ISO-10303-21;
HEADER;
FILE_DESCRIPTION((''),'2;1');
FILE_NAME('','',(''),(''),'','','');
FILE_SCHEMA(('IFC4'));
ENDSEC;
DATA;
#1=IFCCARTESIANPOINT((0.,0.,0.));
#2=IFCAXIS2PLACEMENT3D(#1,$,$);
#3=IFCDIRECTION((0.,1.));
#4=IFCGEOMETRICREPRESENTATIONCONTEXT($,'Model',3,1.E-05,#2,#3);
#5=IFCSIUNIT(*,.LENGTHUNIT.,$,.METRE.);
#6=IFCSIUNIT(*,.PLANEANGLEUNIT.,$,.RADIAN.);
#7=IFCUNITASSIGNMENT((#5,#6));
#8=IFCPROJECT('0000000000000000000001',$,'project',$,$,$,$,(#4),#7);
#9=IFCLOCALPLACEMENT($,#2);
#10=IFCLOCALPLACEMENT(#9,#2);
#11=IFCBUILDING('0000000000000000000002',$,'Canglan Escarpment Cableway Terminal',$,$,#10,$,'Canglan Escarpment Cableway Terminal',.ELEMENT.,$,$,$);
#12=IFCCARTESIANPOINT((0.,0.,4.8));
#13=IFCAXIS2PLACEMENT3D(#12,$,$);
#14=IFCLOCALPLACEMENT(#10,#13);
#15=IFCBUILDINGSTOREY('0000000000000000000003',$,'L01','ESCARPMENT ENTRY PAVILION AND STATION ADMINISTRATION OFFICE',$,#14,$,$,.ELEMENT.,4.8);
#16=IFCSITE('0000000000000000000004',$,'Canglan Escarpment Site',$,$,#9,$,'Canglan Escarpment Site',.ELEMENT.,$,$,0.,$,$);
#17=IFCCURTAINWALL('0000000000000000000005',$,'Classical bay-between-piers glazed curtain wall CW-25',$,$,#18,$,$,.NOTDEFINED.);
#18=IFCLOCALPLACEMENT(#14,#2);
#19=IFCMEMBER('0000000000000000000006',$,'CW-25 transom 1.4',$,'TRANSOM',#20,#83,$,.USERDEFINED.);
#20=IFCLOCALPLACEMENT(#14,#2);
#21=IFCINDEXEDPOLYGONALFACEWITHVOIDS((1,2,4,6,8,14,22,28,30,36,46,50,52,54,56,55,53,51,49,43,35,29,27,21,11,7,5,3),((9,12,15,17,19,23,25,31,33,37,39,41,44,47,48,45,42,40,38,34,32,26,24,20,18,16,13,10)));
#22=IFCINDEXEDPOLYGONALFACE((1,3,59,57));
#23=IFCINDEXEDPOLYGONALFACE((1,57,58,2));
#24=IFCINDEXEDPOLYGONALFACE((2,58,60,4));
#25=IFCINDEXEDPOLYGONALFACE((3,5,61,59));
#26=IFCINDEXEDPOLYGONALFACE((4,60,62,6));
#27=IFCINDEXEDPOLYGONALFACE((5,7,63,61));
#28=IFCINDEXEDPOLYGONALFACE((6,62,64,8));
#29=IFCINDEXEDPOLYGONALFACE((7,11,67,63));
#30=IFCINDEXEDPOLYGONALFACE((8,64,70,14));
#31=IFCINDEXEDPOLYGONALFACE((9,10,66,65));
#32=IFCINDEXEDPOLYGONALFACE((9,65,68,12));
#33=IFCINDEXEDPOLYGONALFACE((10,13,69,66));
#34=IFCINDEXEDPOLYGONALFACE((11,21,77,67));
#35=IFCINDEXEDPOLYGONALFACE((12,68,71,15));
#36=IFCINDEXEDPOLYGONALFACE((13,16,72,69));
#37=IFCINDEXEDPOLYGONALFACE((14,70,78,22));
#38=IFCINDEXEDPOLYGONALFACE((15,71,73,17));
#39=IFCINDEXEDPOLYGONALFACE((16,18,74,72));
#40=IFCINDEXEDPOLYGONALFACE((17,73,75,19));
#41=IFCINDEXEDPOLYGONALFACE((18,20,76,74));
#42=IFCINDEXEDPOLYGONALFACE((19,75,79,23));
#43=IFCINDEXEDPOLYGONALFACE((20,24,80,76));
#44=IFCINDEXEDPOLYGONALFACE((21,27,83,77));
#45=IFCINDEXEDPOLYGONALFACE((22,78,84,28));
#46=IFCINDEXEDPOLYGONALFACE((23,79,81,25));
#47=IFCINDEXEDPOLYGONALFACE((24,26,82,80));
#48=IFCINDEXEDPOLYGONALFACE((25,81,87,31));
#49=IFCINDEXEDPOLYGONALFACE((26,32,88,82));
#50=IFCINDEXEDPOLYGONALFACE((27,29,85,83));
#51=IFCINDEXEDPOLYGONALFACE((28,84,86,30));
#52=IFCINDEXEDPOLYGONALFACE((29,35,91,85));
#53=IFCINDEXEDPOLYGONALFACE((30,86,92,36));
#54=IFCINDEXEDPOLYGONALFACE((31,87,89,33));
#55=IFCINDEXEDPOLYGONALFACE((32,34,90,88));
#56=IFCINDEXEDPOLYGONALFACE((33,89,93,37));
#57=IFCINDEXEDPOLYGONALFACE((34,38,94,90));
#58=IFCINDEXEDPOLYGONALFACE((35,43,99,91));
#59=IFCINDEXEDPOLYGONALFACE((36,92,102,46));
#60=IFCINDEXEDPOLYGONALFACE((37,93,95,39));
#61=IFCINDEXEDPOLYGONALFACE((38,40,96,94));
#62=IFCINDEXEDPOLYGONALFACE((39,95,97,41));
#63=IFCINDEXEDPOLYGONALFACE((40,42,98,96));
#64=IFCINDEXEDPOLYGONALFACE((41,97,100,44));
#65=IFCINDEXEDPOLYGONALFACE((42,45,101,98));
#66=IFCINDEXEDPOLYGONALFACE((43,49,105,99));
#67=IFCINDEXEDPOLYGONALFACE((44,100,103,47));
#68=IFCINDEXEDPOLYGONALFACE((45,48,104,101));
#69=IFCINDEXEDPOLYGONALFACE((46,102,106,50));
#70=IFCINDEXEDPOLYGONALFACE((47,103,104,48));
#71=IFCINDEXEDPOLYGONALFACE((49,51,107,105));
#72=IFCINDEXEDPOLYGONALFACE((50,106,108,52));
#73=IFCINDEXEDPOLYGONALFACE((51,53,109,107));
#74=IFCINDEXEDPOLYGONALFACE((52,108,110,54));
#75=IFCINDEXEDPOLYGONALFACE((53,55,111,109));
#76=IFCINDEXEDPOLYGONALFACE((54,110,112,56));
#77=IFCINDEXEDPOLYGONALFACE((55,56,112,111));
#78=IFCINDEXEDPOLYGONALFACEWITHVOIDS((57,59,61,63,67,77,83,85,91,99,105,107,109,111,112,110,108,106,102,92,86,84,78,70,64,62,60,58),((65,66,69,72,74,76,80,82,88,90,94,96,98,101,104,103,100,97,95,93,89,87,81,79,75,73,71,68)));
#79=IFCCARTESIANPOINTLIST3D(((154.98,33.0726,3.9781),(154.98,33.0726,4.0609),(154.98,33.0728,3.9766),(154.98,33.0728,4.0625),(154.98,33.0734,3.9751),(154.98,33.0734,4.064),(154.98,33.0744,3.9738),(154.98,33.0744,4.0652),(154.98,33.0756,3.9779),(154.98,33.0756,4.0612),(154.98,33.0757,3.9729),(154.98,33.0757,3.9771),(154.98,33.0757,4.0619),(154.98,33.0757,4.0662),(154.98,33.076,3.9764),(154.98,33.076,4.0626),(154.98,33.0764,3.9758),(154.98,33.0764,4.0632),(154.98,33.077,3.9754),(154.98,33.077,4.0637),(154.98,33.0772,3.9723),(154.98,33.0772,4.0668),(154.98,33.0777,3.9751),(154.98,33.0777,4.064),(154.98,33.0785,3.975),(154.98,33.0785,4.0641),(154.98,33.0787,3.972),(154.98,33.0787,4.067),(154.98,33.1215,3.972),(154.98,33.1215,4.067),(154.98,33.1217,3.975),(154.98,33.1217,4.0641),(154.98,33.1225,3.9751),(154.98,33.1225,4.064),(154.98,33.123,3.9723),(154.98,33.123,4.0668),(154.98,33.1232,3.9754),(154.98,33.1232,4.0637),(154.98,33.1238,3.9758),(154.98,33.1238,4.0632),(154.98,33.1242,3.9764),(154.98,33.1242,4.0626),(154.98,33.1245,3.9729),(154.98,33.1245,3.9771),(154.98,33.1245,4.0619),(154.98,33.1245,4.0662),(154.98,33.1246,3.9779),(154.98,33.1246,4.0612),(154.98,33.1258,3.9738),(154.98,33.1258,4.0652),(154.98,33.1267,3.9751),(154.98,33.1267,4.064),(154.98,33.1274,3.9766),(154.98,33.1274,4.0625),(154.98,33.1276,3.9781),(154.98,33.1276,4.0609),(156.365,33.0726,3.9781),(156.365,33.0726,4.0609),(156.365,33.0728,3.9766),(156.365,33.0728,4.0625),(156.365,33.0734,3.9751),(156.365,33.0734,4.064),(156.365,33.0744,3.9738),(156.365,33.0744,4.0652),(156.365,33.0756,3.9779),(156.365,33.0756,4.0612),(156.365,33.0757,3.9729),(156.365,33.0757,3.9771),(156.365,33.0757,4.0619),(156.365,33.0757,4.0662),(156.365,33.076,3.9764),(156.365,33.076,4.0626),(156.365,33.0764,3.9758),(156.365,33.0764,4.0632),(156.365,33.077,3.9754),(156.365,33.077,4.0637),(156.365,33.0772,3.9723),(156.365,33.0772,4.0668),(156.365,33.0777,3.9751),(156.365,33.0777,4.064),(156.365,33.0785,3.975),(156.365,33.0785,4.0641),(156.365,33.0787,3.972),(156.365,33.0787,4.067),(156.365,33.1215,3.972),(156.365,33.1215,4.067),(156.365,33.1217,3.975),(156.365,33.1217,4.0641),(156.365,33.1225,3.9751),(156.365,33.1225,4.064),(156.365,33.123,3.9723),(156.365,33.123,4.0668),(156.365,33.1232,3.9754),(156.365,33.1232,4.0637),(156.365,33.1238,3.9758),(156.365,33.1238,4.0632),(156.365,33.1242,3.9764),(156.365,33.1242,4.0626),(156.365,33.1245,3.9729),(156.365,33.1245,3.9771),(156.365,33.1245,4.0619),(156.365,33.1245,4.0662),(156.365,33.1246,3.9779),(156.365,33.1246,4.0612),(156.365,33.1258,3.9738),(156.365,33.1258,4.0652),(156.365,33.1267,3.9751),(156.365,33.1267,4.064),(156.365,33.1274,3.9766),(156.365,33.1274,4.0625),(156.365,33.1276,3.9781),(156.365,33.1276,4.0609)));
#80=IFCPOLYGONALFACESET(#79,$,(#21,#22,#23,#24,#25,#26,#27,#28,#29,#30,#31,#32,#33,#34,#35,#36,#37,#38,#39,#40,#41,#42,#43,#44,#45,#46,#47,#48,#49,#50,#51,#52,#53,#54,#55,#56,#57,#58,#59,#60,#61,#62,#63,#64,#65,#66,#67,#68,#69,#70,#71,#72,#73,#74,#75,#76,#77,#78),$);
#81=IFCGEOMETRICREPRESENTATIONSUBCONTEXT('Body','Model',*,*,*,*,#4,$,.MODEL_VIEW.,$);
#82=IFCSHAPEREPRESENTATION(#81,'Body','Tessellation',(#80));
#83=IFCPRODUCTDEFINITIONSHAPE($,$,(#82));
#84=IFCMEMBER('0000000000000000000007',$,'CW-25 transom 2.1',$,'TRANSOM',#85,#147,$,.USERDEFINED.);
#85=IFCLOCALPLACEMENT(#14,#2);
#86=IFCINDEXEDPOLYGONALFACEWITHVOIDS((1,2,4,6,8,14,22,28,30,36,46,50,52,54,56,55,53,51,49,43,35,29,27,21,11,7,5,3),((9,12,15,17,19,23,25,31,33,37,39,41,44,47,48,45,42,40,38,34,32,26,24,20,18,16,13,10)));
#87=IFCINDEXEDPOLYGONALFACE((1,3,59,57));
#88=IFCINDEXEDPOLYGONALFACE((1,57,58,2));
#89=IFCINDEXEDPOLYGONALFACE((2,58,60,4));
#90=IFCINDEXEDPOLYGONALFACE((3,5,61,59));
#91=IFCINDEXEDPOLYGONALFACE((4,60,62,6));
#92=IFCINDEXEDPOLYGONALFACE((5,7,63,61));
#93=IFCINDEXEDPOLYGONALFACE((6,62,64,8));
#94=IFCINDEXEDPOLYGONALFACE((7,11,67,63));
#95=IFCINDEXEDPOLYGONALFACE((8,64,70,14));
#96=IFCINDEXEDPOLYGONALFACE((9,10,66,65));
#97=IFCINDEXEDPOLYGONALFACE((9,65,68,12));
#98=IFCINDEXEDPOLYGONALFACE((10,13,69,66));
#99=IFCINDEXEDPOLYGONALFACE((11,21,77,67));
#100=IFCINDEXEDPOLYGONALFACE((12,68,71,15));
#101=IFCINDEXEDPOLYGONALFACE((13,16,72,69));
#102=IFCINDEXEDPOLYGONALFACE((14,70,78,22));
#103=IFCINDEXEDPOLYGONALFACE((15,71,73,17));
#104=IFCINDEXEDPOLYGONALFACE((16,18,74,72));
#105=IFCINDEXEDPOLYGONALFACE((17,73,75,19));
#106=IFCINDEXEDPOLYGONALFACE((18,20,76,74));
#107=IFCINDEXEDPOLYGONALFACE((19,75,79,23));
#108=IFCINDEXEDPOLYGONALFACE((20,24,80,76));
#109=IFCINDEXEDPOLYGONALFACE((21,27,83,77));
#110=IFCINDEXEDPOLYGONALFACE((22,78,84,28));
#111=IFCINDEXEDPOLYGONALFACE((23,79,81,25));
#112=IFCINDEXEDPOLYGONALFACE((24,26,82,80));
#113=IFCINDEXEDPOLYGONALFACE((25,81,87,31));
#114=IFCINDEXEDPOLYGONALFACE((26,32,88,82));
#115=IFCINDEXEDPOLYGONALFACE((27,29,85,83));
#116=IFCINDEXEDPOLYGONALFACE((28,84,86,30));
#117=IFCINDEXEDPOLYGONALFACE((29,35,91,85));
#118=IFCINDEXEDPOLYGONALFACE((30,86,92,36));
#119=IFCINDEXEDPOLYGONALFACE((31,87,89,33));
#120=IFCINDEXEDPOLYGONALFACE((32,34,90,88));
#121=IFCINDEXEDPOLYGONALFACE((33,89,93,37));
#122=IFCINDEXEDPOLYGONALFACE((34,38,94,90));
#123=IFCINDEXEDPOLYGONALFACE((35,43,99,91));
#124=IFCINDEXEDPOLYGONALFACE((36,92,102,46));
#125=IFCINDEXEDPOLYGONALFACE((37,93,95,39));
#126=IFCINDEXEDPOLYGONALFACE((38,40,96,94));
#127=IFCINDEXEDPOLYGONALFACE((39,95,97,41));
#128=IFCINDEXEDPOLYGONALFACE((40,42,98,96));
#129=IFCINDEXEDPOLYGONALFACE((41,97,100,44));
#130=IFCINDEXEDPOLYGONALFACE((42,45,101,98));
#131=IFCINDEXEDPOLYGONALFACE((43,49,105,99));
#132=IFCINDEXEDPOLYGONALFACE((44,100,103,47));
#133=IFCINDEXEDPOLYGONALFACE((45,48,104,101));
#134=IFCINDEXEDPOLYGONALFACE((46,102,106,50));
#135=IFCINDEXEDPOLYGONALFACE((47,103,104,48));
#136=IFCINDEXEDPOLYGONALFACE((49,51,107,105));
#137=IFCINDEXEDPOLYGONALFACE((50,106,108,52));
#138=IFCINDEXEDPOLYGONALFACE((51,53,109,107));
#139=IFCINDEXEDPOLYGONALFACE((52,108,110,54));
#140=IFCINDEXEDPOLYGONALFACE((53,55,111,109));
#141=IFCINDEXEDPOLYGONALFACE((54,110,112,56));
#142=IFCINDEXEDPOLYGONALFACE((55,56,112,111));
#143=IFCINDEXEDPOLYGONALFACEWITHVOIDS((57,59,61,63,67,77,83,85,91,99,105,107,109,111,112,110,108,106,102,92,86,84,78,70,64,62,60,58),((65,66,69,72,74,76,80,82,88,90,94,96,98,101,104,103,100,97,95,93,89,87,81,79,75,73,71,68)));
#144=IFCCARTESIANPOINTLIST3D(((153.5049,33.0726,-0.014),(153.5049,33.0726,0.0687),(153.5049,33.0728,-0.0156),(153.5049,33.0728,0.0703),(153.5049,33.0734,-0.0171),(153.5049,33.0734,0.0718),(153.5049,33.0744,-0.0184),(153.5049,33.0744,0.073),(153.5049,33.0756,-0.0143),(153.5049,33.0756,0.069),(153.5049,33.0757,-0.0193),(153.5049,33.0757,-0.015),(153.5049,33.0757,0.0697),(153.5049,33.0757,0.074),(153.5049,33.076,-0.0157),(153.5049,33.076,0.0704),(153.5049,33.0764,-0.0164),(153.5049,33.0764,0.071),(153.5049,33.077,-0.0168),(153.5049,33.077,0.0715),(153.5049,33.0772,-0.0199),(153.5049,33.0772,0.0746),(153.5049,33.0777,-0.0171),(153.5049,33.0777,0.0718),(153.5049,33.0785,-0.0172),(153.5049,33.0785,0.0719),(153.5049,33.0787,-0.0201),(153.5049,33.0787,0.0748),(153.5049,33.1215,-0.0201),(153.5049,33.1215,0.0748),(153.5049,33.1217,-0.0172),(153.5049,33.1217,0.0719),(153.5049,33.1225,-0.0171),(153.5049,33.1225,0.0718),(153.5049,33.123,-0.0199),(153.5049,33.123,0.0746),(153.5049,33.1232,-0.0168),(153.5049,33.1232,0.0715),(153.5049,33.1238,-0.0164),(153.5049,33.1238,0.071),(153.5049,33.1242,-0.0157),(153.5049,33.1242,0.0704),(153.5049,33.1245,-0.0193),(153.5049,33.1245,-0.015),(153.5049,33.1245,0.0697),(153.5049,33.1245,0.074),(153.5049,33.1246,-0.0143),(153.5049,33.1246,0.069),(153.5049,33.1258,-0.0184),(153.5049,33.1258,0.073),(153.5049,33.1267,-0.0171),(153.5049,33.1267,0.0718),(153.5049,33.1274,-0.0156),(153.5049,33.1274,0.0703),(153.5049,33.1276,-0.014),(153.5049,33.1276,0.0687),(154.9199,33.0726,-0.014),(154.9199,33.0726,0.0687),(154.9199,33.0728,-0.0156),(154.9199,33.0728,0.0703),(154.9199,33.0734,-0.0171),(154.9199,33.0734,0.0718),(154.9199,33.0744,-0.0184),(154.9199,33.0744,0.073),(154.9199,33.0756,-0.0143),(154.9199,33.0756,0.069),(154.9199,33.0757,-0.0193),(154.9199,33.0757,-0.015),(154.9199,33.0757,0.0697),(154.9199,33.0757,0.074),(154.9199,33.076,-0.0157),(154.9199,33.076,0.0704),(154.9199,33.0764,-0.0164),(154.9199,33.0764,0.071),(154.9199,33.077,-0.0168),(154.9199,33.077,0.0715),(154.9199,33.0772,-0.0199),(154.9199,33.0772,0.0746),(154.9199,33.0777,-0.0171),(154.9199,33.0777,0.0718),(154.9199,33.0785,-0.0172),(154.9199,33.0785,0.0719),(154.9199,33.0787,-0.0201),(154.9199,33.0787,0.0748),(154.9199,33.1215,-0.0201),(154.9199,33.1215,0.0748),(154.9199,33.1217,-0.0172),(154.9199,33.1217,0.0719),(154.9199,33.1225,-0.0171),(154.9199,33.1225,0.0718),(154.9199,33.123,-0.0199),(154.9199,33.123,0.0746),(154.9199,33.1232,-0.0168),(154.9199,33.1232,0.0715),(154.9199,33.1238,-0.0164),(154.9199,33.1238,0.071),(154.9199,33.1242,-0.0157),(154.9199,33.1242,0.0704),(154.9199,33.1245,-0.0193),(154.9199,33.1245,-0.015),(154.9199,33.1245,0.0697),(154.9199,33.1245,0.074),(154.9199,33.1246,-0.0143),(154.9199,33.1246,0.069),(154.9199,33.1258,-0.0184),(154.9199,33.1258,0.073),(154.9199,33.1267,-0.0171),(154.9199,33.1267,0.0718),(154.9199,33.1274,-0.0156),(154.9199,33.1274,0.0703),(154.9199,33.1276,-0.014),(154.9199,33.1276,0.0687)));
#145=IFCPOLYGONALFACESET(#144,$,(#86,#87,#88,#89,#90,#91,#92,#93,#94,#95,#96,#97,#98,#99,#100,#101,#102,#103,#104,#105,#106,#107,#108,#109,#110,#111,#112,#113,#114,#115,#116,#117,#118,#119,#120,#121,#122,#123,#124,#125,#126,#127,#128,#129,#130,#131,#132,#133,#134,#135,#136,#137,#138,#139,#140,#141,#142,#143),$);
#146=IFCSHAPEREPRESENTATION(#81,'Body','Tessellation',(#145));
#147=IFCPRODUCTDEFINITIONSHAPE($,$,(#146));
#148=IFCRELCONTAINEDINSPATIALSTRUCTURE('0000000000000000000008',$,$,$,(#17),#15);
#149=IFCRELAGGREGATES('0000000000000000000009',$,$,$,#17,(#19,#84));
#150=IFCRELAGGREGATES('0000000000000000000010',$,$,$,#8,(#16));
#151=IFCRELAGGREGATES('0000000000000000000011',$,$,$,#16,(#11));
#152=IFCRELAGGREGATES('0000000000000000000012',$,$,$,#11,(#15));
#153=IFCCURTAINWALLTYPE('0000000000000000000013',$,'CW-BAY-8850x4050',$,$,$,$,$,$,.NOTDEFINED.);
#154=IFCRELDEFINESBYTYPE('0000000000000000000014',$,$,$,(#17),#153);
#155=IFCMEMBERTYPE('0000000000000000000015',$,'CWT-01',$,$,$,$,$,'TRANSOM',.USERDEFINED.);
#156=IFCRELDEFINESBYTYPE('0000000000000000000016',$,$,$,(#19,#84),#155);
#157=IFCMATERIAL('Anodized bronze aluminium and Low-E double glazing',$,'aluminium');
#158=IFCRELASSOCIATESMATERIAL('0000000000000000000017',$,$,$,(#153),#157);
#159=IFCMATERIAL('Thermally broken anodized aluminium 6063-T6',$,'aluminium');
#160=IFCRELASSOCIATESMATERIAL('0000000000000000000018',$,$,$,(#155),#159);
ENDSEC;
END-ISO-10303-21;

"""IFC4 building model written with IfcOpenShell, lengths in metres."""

from ifc_helpers import new_model, si_unit, direction, frame, origin, origin_2d, place, context, subcontext, project, spatial, hollow_rectangle, extrude, material, material_profile, profile_set, type_object, element, aggregate, save


model = new_model("IFC4")

# Units and contexts
model_context = context("Model", 3, precision=1e-05, world=origin(), true_north=direction((0.0, 1.0)))
body_context = subcontext(model_context, "Body", "Model", "MODEL_VIEW")
ifc_project = project(units=[si_unit("LENGTHUNIT", "METRE"), si_unit("PLANEANGLEUNIT", "RADIAN")], contexts=[model_context])

# Site, building, storey
site_placement = place(None, origin())
site = spatial("IfcSite", under=ifc_project, at=site_placement, Name="Canglan Escarpment Site", LongName="Canglan Escarpment Site", CompositionType="ELEMENT", RefElevation=0.0)
building_placement = place(site_placement, origin())
building = spatial("IfcBuilding", under=site, at=building_placement, Name="Canglan Escarpment Cableway Terminal", LongName="Canglan Escarpment Cableway Terminal", CompositionType="ELEMENT")
storey_placement = place(building_placement, frame((0.0, 0.0, 4.8)))
storey = spatial("IfcBuildingStorey", under=building, at=storey_placement, Name="L01", Description="ESCARPMENT ENTRY PAVILION AND STATION ADMINISTRATION OFFICE", CompositionType="ELEMENT", Elevation=4.8)

# Curtain wall, members
ifc_material_1 = material(Name="Anodized bronze aluminium and Low-E double glazing", Category="aluminium")
curtain_wall_type = type_object("IfcCurtainWallType", Name="CW-BAY-8850x4050", PredefinedType="NOTDEFINED", material=ifc_material_1)
curtain_wall_placement = place(storey_placement, origin())
curtain_wall = element("IfcCurtainWall", 1, at=curtain_wall_placement, inside=storey, type_object=curtain_wall_type, Name="Classical bay-between-piers glazed curtain wall CW-25", PredefinedType="NOTDEFINED")
ifc_material_2 = material(Name="Thermally broken anodized aluminium 6063-T6", Category="aluminium")
ifc_material_profile_1 = material_profile(ifc_material_2, hollow_rectangle(XDim=0.0549, YDim=0.095, WallThickness=0.0029, InnerFilletRadius=0.0029, OuterFilletRadius=0.0061, at=origin_2d()), Name="ALU-TRAN 55x95x3")
ifc_profile_set_1 = profile_set([ifc_material_profile_1], Name="Thermally broken anodized aluminium 6063-T6")
member_type_1 = type_object("IfcMemberType", Name="CWT-01", ElementType="TRANSOM", PredefinedType="USERDEFINED", material=ifc_profile_set_1)
member_1_placement = place(storey_placement, frame((156.365, 33.1001, 4.0195), z_axis=(-1.0, 0.0, 0.0), x_axis=(0.0, -1.0, 0.0)))
member_1 = element("IfcMember", 2, at=member_1_placement, type_object=member_type_1, Name="CW-25 transom 1.4", ObjectType="TRANSOM", PredefinedType="USERDEFINED", context=body_context, shape_type="SweptSolid", body=[
    extrude(hollow_rectangle(XDim=0.0549, YDim=0.095, WallThickness=0.0029, InnerFilletRadius=0.0029, OuterFilletRadius=0.0061, at=origin_2d()), origin(), (0.0, 0.0, 1.0), 1.385),
])
member_2_placement = place(storey_placement, frame((154.9199, 33.1001, 0.0273), z_axis=(-1.0, 0.0, 0.0), x_axis=(0.0, -1.0, 0.0)))
member_2 = element("IfcMember", 3, at=member_2_placement, type_object=member_type_1, Name="CW-25 transom 2.1", ObjectType="TRANSOM", PredefinedType="USERDEFINED", context=body_context, shape_type="SweptSolid", body=[
    extrude(hollow_rectangle(XDim=0.0549, YDim=0.095, WallThickness=0.0029, InnerFilletRadius=0.0029, OuterFilletRadius=0.0061, at=origin_2d()), origin(), (0.0, 0.0, 1.0), 1.415),
])
aggregate(curtain_wall, [member_1, member_2])

save(model, "model.ifc")
